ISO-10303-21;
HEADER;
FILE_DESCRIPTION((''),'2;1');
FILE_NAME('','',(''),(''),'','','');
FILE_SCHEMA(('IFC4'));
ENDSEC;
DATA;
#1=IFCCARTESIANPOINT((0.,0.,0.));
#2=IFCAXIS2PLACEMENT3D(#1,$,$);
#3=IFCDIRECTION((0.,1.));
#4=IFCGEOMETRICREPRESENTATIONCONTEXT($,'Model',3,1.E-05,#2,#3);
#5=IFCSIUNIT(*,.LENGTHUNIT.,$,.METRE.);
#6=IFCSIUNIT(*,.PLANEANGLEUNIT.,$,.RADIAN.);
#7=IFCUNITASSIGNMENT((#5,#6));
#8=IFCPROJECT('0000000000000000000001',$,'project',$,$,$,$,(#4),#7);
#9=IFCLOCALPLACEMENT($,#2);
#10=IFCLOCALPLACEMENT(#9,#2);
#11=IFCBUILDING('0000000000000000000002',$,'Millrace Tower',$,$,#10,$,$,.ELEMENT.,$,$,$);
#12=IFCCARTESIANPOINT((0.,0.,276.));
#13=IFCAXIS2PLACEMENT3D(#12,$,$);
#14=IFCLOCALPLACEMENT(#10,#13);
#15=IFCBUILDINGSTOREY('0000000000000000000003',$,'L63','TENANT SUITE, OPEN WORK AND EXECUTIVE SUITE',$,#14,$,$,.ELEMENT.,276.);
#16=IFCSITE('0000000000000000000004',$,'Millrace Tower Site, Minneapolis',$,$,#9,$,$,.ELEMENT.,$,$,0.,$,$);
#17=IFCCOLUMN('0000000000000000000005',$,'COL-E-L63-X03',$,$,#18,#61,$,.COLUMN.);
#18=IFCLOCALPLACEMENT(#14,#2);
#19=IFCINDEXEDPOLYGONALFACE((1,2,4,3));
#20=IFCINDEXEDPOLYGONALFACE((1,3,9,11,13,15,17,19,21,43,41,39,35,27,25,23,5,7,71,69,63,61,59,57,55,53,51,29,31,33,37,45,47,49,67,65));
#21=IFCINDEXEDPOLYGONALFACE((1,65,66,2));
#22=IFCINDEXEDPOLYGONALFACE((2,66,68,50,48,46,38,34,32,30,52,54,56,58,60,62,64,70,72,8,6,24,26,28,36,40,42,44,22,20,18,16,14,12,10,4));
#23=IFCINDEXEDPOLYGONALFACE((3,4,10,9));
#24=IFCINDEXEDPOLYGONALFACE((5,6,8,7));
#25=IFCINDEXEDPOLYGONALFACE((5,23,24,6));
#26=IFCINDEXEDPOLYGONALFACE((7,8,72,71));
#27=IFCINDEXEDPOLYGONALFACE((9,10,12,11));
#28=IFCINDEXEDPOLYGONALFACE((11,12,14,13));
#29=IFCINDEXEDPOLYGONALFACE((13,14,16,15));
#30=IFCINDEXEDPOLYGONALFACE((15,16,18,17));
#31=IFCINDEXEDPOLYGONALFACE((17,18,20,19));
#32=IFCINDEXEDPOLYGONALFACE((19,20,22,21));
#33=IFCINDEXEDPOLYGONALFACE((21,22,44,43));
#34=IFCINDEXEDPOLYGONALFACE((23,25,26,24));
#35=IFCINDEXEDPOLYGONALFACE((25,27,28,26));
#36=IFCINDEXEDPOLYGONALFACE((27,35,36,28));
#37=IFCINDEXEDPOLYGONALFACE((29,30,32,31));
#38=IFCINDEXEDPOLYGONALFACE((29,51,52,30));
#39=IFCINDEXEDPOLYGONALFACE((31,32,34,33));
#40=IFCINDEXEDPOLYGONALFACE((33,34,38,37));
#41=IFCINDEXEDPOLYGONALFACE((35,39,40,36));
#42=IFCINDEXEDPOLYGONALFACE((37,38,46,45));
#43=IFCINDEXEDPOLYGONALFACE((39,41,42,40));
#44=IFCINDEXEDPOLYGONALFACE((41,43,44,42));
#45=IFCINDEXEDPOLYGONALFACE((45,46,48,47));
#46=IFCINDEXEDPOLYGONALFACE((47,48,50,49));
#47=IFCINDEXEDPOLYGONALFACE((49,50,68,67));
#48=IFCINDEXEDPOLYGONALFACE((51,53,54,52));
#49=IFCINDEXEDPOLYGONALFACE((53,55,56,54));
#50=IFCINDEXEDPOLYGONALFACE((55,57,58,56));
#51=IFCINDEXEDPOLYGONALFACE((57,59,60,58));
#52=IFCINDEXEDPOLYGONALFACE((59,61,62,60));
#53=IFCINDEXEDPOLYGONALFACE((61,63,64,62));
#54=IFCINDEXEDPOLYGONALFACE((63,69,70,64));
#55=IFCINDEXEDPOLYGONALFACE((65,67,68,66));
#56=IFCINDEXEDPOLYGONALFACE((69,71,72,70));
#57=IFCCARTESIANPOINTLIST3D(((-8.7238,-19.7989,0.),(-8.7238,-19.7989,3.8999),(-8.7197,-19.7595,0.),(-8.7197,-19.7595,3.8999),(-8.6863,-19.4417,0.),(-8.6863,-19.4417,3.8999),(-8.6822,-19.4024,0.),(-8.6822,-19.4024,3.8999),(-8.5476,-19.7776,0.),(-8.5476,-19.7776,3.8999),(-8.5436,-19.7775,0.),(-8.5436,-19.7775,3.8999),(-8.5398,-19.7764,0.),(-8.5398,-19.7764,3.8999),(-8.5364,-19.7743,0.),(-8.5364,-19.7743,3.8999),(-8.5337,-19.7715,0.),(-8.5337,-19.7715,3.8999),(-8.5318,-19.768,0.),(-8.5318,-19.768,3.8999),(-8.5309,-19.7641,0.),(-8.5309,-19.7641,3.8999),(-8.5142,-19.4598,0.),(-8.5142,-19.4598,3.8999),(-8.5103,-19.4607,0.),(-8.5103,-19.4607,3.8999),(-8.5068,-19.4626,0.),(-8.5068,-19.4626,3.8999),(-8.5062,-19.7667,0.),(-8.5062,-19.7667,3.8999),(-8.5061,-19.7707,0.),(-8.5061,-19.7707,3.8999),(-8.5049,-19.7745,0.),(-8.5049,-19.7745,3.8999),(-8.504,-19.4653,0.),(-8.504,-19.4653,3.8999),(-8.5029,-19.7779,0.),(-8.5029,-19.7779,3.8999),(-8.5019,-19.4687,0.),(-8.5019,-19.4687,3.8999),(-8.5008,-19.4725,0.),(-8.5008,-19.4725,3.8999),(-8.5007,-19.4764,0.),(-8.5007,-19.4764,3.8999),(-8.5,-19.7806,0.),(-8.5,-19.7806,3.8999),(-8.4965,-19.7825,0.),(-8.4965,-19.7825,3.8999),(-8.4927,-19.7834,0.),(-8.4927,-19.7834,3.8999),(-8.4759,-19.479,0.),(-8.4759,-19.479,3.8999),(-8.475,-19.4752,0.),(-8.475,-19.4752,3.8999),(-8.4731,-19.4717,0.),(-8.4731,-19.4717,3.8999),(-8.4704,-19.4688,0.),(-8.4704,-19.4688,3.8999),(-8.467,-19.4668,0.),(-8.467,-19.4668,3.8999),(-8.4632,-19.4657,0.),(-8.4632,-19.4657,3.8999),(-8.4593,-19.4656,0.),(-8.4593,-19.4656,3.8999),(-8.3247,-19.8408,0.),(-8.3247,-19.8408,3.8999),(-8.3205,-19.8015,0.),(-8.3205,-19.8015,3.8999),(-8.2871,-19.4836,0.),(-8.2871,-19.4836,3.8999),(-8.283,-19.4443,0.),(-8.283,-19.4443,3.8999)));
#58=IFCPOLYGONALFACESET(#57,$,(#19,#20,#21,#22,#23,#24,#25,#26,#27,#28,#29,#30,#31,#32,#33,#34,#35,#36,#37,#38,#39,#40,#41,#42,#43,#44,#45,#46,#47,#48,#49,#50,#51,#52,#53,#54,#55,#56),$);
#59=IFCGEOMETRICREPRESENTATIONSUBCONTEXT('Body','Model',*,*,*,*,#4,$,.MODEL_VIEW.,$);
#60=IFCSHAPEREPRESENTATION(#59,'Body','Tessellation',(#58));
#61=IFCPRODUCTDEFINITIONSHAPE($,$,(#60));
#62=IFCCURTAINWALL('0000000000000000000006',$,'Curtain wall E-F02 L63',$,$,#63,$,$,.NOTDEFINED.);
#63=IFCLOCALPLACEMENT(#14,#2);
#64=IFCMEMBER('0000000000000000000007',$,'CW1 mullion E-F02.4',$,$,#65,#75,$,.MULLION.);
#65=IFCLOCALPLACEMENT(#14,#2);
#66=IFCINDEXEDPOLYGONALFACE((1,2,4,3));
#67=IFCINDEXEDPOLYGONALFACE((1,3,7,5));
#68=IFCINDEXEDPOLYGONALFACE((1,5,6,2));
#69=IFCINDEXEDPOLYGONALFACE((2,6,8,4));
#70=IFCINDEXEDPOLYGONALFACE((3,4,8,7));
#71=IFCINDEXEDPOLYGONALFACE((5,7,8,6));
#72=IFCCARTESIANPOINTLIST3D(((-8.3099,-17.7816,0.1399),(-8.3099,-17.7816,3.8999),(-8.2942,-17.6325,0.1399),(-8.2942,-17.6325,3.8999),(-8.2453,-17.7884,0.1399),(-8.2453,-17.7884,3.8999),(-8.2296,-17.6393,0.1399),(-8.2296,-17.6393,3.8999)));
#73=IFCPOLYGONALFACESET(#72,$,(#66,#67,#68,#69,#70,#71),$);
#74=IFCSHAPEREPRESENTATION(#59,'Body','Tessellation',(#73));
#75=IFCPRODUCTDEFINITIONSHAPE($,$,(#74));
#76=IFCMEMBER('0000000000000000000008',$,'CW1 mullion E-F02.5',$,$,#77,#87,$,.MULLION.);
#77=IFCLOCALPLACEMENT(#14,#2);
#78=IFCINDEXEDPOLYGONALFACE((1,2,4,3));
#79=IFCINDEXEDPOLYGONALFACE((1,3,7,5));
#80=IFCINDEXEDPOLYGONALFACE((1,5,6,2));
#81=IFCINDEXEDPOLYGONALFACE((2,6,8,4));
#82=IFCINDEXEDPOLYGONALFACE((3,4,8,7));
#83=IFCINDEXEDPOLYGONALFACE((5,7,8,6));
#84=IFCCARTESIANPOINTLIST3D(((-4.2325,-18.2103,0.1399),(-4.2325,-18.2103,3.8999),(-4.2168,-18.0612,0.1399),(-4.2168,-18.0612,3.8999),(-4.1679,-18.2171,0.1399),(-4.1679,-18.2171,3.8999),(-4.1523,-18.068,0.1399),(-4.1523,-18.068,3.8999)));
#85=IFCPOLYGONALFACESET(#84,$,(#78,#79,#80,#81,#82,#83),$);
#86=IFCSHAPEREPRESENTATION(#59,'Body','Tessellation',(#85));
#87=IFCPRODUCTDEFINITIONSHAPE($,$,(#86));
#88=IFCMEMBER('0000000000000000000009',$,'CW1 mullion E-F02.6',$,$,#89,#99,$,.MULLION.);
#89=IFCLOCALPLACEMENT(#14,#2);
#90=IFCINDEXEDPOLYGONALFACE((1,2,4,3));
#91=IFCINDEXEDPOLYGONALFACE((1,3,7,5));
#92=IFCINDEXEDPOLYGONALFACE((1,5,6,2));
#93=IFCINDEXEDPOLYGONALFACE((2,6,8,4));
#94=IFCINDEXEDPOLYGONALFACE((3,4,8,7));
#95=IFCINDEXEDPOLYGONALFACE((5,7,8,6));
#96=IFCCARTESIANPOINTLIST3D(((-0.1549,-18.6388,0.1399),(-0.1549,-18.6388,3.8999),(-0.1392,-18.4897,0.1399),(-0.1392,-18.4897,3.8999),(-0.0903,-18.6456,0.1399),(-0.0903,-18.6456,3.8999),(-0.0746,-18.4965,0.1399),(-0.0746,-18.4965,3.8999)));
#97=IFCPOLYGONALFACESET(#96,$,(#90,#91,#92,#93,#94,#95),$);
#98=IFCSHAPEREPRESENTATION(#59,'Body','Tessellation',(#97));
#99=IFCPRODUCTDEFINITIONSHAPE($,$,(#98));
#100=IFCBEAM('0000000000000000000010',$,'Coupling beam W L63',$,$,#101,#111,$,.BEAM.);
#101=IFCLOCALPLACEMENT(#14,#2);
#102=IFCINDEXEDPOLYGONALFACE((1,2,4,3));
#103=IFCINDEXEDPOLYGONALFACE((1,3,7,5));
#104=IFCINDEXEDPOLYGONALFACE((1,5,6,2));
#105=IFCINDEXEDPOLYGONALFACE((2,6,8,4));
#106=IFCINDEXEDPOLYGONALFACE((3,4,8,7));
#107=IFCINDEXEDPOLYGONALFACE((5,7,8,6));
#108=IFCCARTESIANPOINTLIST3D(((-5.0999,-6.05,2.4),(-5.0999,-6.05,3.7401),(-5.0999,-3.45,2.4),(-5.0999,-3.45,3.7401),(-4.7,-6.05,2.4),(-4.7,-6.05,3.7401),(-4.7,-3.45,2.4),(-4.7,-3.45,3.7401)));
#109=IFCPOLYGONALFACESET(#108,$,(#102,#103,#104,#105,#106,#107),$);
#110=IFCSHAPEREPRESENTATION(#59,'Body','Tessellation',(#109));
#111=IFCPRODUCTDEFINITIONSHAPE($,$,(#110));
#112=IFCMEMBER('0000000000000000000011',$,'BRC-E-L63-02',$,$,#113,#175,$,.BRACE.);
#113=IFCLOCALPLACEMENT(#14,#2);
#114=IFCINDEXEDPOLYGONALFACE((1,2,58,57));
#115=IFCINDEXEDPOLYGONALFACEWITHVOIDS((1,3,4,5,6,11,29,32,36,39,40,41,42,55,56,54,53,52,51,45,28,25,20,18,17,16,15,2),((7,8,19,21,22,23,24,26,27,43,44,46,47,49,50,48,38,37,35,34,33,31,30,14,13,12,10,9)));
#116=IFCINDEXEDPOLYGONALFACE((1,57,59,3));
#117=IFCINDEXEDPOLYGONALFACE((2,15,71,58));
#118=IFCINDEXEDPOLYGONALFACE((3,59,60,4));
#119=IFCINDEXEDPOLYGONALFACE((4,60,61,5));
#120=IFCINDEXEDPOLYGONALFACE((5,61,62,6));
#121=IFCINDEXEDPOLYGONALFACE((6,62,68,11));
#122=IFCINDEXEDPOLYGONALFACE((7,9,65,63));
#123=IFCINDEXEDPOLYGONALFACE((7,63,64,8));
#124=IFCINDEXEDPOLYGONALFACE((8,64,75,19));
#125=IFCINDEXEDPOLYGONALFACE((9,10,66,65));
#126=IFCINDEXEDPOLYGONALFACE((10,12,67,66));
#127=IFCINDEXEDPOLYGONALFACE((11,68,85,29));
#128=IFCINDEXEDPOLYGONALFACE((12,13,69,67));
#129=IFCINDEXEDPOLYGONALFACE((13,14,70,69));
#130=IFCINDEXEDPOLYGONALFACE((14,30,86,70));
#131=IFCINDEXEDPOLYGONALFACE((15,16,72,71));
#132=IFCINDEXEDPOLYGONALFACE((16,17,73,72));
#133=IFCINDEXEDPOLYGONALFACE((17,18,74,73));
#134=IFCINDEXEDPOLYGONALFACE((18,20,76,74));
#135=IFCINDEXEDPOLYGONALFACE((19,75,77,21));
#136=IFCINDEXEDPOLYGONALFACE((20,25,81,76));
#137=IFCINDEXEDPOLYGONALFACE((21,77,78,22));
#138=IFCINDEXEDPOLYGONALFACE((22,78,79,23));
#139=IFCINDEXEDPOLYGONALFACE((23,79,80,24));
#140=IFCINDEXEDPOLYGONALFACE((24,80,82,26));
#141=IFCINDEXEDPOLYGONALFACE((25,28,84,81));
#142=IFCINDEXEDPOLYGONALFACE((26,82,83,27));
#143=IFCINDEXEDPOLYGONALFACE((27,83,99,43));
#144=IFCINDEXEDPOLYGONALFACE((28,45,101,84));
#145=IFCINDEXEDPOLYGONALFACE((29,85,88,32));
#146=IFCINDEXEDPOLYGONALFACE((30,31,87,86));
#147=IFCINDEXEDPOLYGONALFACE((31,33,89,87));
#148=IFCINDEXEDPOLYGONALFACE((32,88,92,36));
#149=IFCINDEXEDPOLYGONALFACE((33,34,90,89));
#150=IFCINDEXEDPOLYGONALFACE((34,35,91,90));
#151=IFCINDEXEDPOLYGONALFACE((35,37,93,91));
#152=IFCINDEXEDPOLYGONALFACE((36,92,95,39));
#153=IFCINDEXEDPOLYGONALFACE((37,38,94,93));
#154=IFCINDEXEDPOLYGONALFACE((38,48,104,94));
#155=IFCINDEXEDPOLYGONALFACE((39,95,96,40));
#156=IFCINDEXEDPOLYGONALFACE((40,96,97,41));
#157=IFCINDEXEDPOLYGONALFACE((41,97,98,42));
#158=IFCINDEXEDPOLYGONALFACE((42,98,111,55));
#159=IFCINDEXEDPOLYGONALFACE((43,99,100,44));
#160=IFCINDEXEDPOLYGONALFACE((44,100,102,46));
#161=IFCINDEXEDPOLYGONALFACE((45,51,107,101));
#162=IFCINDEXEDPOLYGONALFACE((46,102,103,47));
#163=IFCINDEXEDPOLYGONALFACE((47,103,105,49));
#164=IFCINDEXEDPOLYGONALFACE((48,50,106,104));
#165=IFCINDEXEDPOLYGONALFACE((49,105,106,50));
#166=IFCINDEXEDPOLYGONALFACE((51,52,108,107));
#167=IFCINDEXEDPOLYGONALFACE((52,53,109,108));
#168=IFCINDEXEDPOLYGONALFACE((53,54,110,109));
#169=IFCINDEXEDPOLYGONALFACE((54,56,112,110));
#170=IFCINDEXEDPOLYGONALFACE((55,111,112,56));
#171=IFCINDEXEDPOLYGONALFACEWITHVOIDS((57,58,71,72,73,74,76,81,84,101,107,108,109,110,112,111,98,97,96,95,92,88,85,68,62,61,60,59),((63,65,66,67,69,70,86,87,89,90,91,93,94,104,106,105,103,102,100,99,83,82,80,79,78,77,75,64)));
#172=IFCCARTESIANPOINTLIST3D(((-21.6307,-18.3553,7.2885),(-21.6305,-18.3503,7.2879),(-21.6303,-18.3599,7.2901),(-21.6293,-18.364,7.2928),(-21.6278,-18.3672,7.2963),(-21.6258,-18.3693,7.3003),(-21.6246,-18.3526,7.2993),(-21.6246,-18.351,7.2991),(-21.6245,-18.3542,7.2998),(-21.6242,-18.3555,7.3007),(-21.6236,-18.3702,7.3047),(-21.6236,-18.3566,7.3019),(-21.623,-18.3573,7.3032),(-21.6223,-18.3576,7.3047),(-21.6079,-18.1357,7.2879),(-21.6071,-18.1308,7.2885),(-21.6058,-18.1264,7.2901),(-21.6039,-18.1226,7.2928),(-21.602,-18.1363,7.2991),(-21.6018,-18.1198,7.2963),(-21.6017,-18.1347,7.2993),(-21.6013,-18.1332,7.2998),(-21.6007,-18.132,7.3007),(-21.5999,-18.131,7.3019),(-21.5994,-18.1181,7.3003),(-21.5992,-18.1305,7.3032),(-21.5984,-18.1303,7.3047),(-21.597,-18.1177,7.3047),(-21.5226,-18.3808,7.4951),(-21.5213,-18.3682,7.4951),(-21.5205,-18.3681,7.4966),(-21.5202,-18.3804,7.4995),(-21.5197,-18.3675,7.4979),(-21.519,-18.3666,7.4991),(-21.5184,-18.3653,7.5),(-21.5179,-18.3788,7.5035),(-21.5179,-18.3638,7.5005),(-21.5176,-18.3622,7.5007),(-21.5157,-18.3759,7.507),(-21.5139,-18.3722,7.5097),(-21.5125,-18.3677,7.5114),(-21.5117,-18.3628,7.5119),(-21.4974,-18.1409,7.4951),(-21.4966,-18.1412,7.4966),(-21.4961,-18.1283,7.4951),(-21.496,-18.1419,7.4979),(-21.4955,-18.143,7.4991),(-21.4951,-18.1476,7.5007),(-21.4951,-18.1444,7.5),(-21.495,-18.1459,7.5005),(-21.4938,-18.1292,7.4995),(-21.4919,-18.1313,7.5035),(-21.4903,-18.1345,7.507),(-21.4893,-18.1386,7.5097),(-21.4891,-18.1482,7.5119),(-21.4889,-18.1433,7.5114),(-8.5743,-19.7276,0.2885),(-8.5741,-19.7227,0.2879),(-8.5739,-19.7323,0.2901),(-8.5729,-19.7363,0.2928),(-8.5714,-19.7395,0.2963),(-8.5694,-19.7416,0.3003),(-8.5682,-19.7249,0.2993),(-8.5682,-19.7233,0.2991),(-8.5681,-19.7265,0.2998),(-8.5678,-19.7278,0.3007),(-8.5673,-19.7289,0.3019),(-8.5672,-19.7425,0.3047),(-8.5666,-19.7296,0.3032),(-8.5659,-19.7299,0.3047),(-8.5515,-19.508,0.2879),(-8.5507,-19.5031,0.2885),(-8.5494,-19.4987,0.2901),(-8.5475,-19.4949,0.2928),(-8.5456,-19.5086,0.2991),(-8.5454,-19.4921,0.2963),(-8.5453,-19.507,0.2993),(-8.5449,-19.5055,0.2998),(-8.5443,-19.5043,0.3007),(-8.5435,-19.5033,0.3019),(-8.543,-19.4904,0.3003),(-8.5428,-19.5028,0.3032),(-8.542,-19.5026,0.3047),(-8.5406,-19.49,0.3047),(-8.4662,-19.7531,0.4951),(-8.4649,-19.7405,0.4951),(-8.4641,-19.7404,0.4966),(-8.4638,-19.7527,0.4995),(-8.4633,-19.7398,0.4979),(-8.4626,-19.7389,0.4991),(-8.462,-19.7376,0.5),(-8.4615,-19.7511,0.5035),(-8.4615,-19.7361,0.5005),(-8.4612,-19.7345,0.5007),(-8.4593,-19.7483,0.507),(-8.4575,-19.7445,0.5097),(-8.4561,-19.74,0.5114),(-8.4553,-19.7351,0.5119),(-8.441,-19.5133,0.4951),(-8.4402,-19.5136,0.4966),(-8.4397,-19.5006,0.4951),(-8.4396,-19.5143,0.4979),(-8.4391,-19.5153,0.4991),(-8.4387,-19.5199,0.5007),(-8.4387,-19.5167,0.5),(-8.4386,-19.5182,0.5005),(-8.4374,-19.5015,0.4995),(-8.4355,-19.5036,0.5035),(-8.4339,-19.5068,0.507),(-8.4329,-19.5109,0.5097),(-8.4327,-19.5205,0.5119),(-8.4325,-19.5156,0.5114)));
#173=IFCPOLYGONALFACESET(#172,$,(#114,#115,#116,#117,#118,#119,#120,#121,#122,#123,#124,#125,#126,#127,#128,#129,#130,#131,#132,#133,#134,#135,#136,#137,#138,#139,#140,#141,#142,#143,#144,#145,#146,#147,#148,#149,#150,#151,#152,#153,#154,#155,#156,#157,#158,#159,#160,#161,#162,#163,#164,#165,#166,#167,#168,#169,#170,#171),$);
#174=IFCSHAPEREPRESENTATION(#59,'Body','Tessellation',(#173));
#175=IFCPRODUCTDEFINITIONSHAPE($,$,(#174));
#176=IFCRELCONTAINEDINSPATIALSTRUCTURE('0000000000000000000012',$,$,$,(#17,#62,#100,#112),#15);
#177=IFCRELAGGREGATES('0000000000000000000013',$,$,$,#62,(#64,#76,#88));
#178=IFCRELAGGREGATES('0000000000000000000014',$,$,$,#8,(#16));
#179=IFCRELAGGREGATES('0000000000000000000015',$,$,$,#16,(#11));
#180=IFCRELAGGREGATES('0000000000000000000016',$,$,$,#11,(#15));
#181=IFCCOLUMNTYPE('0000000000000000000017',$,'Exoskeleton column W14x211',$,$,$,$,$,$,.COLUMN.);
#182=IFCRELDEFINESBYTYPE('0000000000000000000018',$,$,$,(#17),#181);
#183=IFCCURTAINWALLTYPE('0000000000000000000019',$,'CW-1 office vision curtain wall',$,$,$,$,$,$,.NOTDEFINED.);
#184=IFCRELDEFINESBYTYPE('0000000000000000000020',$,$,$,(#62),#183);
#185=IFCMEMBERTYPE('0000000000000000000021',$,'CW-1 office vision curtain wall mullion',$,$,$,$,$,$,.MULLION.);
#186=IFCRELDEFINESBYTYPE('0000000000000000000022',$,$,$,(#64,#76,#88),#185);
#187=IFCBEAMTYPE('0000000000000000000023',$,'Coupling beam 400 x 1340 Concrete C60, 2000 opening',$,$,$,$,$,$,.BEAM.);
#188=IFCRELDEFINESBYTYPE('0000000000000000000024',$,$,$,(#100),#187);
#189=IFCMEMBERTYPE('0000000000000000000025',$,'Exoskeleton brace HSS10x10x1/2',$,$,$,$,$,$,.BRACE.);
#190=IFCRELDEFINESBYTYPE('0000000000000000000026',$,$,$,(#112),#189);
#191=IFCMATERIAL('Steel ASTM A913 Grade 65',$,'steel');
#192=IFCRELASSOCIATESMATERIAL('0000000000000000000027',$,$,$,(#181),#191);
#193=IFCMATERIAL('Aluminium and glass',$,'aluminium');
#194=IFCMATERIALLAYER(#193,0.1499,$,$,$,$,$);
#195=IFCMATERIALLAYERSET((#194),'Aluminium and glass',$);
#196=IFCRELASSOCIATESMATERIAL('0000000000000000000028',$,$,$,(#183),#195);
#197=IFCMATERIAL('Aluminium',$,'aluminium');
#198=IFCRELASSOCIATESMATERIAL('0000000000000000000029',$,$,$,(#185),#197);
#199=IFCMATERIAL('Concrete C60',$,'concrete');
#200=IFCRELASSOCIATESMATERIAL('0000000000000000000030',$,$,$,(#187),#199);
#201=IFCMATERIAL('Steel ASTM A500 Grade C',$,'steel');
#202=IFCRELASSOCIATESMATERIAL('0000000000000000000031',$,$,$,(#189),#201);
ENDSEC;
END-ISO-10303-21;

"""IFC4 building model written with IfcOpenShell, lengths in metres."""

from ifc_helpers import new_model, si_unit, direction, frame, origin, origin_2d, place, context, subcontext, project, spatial, rectangle, hollow_rectangle, i_section, extrude, material, layer, layer_set, material_profile, profile_set, type_object, element, aggregate, save


model = new_model("IFC4")

# Units and contexts
model_context = context("Model", 3, precision=1e-05, world=origin(), true_north=direction((0.0, 1.0)))
body_context = subcontext(model_context, "Body", "Model", "MODEL_VIEW")
ifc_project = project(units=[si_unit("LENGTHUNIT", "METRE"), si_unit("PLANEANGLEUNIT", "RADIAN")], contexts=[model_context])

# Site, building, storey
site_placement = place(None, origin())
site = spatial("IfcSite", under=ifc_project, at=site_placement, Name="Millrace Tower Site, Minneapolis", CompositionType="ELEMENT", RefElevation=0.0)
building_placement = place(site_placement, origin())
building = spatial("IfcBuilding", under=site, at=building_placement, Name="Millrace Tower", CompositionType="ELEMENT")
storey_placement = place(building_placement, frame((0.0, 0.0, 276.0)))
storey = spatial("IfcBuildingStorey", under=building, at=storey_placement, Name="L63", Description="TENANT SUITE, OPEN WORK AND EXECUTIVE SUITE", CompositionType="ELEMENT", Elevation=276.0)

# Column
ifc_material_1 = material(Name="Steel ASTM A913 Grade 65", Category="steel")
ifc_material_profile_1 = material_profile(ifc_material_1, i_section(OverallWidth=0.4014, OverallDepth=0.3987, WebThickness=0.0249, FlangeThickness=0.0396, FilletRadius=0.0151, at=origin_2d()))
ifc_profile_set_1 = profile_set([ifc_material_profile_1], Name="Steel ASTM A913 Grade 65")
column_type = type_object("IfcColumnType", Name="Exoskeleton column W14x211", PredefinedType="COLUMN", material=ifc_profile_set_1)
column_placement = place(storey_placement, frame((-8.5034, -19.6216, 0.0), z_axis=(0.0, 0.0, 1.0), x_axis=(0.994522, -0.104528, 0.0)))
element("IfcColumn", 1, at=column_placement, inside=storey, type_object=column_type, Name="COL-E-L63-X03", PredefinedType="COLUMN", context=body_context, shape_type="SweptSolid", body=[
    extrude(i_section(OverallWidth=0.4014, OverallDepth=0.3987, WebThickness=0.0249, FlangeThickness=0.0396, FilletRadius=0.0151, at=origin_2d()), origin(), (0.0, 0.0, 1.0), 3.8999),
])

# Curtain wall, members
ifc_material_2 = material(Name="Aluminium and glass", Category="aluminium")
ifc_layer_1 = layer(ifc_material_2, 0.1499)
ifc_layer_set_1 = layer_set([ifc_layer_1], Name="Aluminium and glass")
curtain_wall_type = type_object("IfcCurtainWallType", Name="CW-1 office vision curtain wall", PredefinedType="NOTDEFINED", material=ifc_layer_set_1)
curtain_wall_placement = place(storey_placement, origin())
curtain_wall = element("IfcCurtainWall", 2, at=curtain_wall_placement, inside=storey, type_object=curtain_wall_type, Name="Curtain wall E-F02 L63", PredefinedType="NOTDEFINED")
ifc_material_3 = material(Name="Aluminium", Category="aluminium")
ifc_material_profile_2 = material_profile(ifc_material_3, rectangle(XDim=0.0649, YDim=0.1499, at=origin_2d()))
ifc_profile_set_2 = profile_set([ifc_material_profile_2], Name="Aluminium")
member_type_1 = type_object("IfcMemberType", Name="CW-1 office vision curtain wall mullion", PredefinedType="MULLION", material=ifc_profile_set_2)
member_1_placement = place(storey_placement, frame((-8.2698, -17.7104, 0.1399), z_axis=(0.0, 0.0, 1.0), x_axis=(0.994522, -0.104528, 0.0)))
member_1 = element("IfcMember", 3, at=member_1_placement, type_object=member_type_1, Name="CW1 mullion E-F02.4", PredefinedType="MULLION", context=body_context, shape_type="SweptSolid", body=[
    extrude(rectangle(XDim=0.0649, YDim=0.1499, at=origin_2d()), origin(), (0.0, 0.0, 1.0), 3.76),
])
member_2_placement = place(storey_placement, frame((-4.1924, -18.1392, 0.1399), z_axis=(0.0, 0.0, 1.0), x_axis=(0.994522, -0.104528, 0.0)))
member_2 = element("IfcMember", 4, at=member_2_placement, type_object=member_type_1, Name="CW1 mullion E-F02.5", PredefinedType="MULLION", context=body_context, shape_type="SweptSolid", body=[
    extrude(rectangle(XDim=0.0649, YDim=0.1499, at=origin_2d()), origin(), (0.0, 0.0, 1.0), 3.76),
])
member_3_placement = place(storey_placement, frame((-0.1147, -18.5676, 0.1399), z_axis=(0.0, 0.0, 1.0), x_axis=(0.994522, -0.104528, 0.0)))
member_3 = element("IfcMember", 5, at=member_3_placement, type_object=member_type_1, Name="CW1 mullion E-F02.6", PredefinedType="MULLION", context=body_context, shape_type="SweptSolid", body=[
    extrude(rectangle(XDim=0.0649, YDim=0.1499, at=origin_2d()), origin(), (0.0, 0.0, 1.0), 3.76),
])
aggregate(curtain_wall, [member_1, member_2, member_3])

# Beam
ifc_material_4 = material(Name="Concrete C60", Category="concrete")
ifc_material_profile_3 = material_profile(ifc_material_4, rectangle(XDim=0.3999, YDim=1.3401, at=origin_2d()))
ifc_profile_set_3 = profile_set([ifc_material_profile_3], Name="Concrete C60")
beam_type_1 = type_object("IfcBeamType", Name="Coupling beam 400 x 1340 Concrete C60, 2000 opening", PredefinedType="BEAM", material=ifc_profile_set_3)
beam_1_placement = place(storey_placement, frame((-4.8999, -6.05, 3.0701), z_axis=(0.0, 1.0, 0.0), x_axis=(-1.0, 0.0, 0.0)))
element("IfcBeam", 6, at=beam_1_placement, inside=storey, type_object=beam_type_1, Name="Coupling beam W L63", PredefinedType="BEAM", context=body_context, shape_type="SweptSolid", body=[
    extrude(rectangle(XDim=0.3999, YDim=1.3401, at=origin_2d()), origin(), (0.0, 0.0, 1.0), 2.6001),
])

# Member
ifc_material_5 = material(Name="Steel ASTM A500 Grade C", Category="steel")
ifc_material_profile_4 = material_profile(ifc_material_5, hollow_rectangle(XDim=0.2539, YDim=0.2539, WallThickness=0.0127, InnerFilletRadius=0.0063, OuterFilletRadius=0.019, at=origin_2d()))
ifc_profile_set_4 = profile_set([ifc_material_profile_4], Name="Steel ASTM A500 Grade C")
member_type_2 = type_object("IfcMemberType", Name="Exoskeleton brace HSS10x10x1/2", PredefinedType="BRACE", material=ifc_profile_set_4)
member_4_placement = place(storey_placement, frame((-8.5034, -19.6216, 0.3999), z_axis=(-0.877568, 0.092238, 0.470496), x_axis=(-0.104531, -0.994522, 0.0)))
element("IfcMember", 7, at=member_4_placement, inside=storey, type_object=member_type_2, Name="BRC-E-L63-02", PredefinedType="BRACE", context=body_context, shape_type="SweptSolid", body=[
    extrude(hollow_rectangle(XDim=0.2539, YDim=0.2539, WallThickness=0.0127, InnerFilletRadius=0.0063, OuterFilletRadius=0.019, at=origin_2d()), origin(), (0.0, 0.0, 1.0), 14.8779),
])

save(model, "model.ifc")
